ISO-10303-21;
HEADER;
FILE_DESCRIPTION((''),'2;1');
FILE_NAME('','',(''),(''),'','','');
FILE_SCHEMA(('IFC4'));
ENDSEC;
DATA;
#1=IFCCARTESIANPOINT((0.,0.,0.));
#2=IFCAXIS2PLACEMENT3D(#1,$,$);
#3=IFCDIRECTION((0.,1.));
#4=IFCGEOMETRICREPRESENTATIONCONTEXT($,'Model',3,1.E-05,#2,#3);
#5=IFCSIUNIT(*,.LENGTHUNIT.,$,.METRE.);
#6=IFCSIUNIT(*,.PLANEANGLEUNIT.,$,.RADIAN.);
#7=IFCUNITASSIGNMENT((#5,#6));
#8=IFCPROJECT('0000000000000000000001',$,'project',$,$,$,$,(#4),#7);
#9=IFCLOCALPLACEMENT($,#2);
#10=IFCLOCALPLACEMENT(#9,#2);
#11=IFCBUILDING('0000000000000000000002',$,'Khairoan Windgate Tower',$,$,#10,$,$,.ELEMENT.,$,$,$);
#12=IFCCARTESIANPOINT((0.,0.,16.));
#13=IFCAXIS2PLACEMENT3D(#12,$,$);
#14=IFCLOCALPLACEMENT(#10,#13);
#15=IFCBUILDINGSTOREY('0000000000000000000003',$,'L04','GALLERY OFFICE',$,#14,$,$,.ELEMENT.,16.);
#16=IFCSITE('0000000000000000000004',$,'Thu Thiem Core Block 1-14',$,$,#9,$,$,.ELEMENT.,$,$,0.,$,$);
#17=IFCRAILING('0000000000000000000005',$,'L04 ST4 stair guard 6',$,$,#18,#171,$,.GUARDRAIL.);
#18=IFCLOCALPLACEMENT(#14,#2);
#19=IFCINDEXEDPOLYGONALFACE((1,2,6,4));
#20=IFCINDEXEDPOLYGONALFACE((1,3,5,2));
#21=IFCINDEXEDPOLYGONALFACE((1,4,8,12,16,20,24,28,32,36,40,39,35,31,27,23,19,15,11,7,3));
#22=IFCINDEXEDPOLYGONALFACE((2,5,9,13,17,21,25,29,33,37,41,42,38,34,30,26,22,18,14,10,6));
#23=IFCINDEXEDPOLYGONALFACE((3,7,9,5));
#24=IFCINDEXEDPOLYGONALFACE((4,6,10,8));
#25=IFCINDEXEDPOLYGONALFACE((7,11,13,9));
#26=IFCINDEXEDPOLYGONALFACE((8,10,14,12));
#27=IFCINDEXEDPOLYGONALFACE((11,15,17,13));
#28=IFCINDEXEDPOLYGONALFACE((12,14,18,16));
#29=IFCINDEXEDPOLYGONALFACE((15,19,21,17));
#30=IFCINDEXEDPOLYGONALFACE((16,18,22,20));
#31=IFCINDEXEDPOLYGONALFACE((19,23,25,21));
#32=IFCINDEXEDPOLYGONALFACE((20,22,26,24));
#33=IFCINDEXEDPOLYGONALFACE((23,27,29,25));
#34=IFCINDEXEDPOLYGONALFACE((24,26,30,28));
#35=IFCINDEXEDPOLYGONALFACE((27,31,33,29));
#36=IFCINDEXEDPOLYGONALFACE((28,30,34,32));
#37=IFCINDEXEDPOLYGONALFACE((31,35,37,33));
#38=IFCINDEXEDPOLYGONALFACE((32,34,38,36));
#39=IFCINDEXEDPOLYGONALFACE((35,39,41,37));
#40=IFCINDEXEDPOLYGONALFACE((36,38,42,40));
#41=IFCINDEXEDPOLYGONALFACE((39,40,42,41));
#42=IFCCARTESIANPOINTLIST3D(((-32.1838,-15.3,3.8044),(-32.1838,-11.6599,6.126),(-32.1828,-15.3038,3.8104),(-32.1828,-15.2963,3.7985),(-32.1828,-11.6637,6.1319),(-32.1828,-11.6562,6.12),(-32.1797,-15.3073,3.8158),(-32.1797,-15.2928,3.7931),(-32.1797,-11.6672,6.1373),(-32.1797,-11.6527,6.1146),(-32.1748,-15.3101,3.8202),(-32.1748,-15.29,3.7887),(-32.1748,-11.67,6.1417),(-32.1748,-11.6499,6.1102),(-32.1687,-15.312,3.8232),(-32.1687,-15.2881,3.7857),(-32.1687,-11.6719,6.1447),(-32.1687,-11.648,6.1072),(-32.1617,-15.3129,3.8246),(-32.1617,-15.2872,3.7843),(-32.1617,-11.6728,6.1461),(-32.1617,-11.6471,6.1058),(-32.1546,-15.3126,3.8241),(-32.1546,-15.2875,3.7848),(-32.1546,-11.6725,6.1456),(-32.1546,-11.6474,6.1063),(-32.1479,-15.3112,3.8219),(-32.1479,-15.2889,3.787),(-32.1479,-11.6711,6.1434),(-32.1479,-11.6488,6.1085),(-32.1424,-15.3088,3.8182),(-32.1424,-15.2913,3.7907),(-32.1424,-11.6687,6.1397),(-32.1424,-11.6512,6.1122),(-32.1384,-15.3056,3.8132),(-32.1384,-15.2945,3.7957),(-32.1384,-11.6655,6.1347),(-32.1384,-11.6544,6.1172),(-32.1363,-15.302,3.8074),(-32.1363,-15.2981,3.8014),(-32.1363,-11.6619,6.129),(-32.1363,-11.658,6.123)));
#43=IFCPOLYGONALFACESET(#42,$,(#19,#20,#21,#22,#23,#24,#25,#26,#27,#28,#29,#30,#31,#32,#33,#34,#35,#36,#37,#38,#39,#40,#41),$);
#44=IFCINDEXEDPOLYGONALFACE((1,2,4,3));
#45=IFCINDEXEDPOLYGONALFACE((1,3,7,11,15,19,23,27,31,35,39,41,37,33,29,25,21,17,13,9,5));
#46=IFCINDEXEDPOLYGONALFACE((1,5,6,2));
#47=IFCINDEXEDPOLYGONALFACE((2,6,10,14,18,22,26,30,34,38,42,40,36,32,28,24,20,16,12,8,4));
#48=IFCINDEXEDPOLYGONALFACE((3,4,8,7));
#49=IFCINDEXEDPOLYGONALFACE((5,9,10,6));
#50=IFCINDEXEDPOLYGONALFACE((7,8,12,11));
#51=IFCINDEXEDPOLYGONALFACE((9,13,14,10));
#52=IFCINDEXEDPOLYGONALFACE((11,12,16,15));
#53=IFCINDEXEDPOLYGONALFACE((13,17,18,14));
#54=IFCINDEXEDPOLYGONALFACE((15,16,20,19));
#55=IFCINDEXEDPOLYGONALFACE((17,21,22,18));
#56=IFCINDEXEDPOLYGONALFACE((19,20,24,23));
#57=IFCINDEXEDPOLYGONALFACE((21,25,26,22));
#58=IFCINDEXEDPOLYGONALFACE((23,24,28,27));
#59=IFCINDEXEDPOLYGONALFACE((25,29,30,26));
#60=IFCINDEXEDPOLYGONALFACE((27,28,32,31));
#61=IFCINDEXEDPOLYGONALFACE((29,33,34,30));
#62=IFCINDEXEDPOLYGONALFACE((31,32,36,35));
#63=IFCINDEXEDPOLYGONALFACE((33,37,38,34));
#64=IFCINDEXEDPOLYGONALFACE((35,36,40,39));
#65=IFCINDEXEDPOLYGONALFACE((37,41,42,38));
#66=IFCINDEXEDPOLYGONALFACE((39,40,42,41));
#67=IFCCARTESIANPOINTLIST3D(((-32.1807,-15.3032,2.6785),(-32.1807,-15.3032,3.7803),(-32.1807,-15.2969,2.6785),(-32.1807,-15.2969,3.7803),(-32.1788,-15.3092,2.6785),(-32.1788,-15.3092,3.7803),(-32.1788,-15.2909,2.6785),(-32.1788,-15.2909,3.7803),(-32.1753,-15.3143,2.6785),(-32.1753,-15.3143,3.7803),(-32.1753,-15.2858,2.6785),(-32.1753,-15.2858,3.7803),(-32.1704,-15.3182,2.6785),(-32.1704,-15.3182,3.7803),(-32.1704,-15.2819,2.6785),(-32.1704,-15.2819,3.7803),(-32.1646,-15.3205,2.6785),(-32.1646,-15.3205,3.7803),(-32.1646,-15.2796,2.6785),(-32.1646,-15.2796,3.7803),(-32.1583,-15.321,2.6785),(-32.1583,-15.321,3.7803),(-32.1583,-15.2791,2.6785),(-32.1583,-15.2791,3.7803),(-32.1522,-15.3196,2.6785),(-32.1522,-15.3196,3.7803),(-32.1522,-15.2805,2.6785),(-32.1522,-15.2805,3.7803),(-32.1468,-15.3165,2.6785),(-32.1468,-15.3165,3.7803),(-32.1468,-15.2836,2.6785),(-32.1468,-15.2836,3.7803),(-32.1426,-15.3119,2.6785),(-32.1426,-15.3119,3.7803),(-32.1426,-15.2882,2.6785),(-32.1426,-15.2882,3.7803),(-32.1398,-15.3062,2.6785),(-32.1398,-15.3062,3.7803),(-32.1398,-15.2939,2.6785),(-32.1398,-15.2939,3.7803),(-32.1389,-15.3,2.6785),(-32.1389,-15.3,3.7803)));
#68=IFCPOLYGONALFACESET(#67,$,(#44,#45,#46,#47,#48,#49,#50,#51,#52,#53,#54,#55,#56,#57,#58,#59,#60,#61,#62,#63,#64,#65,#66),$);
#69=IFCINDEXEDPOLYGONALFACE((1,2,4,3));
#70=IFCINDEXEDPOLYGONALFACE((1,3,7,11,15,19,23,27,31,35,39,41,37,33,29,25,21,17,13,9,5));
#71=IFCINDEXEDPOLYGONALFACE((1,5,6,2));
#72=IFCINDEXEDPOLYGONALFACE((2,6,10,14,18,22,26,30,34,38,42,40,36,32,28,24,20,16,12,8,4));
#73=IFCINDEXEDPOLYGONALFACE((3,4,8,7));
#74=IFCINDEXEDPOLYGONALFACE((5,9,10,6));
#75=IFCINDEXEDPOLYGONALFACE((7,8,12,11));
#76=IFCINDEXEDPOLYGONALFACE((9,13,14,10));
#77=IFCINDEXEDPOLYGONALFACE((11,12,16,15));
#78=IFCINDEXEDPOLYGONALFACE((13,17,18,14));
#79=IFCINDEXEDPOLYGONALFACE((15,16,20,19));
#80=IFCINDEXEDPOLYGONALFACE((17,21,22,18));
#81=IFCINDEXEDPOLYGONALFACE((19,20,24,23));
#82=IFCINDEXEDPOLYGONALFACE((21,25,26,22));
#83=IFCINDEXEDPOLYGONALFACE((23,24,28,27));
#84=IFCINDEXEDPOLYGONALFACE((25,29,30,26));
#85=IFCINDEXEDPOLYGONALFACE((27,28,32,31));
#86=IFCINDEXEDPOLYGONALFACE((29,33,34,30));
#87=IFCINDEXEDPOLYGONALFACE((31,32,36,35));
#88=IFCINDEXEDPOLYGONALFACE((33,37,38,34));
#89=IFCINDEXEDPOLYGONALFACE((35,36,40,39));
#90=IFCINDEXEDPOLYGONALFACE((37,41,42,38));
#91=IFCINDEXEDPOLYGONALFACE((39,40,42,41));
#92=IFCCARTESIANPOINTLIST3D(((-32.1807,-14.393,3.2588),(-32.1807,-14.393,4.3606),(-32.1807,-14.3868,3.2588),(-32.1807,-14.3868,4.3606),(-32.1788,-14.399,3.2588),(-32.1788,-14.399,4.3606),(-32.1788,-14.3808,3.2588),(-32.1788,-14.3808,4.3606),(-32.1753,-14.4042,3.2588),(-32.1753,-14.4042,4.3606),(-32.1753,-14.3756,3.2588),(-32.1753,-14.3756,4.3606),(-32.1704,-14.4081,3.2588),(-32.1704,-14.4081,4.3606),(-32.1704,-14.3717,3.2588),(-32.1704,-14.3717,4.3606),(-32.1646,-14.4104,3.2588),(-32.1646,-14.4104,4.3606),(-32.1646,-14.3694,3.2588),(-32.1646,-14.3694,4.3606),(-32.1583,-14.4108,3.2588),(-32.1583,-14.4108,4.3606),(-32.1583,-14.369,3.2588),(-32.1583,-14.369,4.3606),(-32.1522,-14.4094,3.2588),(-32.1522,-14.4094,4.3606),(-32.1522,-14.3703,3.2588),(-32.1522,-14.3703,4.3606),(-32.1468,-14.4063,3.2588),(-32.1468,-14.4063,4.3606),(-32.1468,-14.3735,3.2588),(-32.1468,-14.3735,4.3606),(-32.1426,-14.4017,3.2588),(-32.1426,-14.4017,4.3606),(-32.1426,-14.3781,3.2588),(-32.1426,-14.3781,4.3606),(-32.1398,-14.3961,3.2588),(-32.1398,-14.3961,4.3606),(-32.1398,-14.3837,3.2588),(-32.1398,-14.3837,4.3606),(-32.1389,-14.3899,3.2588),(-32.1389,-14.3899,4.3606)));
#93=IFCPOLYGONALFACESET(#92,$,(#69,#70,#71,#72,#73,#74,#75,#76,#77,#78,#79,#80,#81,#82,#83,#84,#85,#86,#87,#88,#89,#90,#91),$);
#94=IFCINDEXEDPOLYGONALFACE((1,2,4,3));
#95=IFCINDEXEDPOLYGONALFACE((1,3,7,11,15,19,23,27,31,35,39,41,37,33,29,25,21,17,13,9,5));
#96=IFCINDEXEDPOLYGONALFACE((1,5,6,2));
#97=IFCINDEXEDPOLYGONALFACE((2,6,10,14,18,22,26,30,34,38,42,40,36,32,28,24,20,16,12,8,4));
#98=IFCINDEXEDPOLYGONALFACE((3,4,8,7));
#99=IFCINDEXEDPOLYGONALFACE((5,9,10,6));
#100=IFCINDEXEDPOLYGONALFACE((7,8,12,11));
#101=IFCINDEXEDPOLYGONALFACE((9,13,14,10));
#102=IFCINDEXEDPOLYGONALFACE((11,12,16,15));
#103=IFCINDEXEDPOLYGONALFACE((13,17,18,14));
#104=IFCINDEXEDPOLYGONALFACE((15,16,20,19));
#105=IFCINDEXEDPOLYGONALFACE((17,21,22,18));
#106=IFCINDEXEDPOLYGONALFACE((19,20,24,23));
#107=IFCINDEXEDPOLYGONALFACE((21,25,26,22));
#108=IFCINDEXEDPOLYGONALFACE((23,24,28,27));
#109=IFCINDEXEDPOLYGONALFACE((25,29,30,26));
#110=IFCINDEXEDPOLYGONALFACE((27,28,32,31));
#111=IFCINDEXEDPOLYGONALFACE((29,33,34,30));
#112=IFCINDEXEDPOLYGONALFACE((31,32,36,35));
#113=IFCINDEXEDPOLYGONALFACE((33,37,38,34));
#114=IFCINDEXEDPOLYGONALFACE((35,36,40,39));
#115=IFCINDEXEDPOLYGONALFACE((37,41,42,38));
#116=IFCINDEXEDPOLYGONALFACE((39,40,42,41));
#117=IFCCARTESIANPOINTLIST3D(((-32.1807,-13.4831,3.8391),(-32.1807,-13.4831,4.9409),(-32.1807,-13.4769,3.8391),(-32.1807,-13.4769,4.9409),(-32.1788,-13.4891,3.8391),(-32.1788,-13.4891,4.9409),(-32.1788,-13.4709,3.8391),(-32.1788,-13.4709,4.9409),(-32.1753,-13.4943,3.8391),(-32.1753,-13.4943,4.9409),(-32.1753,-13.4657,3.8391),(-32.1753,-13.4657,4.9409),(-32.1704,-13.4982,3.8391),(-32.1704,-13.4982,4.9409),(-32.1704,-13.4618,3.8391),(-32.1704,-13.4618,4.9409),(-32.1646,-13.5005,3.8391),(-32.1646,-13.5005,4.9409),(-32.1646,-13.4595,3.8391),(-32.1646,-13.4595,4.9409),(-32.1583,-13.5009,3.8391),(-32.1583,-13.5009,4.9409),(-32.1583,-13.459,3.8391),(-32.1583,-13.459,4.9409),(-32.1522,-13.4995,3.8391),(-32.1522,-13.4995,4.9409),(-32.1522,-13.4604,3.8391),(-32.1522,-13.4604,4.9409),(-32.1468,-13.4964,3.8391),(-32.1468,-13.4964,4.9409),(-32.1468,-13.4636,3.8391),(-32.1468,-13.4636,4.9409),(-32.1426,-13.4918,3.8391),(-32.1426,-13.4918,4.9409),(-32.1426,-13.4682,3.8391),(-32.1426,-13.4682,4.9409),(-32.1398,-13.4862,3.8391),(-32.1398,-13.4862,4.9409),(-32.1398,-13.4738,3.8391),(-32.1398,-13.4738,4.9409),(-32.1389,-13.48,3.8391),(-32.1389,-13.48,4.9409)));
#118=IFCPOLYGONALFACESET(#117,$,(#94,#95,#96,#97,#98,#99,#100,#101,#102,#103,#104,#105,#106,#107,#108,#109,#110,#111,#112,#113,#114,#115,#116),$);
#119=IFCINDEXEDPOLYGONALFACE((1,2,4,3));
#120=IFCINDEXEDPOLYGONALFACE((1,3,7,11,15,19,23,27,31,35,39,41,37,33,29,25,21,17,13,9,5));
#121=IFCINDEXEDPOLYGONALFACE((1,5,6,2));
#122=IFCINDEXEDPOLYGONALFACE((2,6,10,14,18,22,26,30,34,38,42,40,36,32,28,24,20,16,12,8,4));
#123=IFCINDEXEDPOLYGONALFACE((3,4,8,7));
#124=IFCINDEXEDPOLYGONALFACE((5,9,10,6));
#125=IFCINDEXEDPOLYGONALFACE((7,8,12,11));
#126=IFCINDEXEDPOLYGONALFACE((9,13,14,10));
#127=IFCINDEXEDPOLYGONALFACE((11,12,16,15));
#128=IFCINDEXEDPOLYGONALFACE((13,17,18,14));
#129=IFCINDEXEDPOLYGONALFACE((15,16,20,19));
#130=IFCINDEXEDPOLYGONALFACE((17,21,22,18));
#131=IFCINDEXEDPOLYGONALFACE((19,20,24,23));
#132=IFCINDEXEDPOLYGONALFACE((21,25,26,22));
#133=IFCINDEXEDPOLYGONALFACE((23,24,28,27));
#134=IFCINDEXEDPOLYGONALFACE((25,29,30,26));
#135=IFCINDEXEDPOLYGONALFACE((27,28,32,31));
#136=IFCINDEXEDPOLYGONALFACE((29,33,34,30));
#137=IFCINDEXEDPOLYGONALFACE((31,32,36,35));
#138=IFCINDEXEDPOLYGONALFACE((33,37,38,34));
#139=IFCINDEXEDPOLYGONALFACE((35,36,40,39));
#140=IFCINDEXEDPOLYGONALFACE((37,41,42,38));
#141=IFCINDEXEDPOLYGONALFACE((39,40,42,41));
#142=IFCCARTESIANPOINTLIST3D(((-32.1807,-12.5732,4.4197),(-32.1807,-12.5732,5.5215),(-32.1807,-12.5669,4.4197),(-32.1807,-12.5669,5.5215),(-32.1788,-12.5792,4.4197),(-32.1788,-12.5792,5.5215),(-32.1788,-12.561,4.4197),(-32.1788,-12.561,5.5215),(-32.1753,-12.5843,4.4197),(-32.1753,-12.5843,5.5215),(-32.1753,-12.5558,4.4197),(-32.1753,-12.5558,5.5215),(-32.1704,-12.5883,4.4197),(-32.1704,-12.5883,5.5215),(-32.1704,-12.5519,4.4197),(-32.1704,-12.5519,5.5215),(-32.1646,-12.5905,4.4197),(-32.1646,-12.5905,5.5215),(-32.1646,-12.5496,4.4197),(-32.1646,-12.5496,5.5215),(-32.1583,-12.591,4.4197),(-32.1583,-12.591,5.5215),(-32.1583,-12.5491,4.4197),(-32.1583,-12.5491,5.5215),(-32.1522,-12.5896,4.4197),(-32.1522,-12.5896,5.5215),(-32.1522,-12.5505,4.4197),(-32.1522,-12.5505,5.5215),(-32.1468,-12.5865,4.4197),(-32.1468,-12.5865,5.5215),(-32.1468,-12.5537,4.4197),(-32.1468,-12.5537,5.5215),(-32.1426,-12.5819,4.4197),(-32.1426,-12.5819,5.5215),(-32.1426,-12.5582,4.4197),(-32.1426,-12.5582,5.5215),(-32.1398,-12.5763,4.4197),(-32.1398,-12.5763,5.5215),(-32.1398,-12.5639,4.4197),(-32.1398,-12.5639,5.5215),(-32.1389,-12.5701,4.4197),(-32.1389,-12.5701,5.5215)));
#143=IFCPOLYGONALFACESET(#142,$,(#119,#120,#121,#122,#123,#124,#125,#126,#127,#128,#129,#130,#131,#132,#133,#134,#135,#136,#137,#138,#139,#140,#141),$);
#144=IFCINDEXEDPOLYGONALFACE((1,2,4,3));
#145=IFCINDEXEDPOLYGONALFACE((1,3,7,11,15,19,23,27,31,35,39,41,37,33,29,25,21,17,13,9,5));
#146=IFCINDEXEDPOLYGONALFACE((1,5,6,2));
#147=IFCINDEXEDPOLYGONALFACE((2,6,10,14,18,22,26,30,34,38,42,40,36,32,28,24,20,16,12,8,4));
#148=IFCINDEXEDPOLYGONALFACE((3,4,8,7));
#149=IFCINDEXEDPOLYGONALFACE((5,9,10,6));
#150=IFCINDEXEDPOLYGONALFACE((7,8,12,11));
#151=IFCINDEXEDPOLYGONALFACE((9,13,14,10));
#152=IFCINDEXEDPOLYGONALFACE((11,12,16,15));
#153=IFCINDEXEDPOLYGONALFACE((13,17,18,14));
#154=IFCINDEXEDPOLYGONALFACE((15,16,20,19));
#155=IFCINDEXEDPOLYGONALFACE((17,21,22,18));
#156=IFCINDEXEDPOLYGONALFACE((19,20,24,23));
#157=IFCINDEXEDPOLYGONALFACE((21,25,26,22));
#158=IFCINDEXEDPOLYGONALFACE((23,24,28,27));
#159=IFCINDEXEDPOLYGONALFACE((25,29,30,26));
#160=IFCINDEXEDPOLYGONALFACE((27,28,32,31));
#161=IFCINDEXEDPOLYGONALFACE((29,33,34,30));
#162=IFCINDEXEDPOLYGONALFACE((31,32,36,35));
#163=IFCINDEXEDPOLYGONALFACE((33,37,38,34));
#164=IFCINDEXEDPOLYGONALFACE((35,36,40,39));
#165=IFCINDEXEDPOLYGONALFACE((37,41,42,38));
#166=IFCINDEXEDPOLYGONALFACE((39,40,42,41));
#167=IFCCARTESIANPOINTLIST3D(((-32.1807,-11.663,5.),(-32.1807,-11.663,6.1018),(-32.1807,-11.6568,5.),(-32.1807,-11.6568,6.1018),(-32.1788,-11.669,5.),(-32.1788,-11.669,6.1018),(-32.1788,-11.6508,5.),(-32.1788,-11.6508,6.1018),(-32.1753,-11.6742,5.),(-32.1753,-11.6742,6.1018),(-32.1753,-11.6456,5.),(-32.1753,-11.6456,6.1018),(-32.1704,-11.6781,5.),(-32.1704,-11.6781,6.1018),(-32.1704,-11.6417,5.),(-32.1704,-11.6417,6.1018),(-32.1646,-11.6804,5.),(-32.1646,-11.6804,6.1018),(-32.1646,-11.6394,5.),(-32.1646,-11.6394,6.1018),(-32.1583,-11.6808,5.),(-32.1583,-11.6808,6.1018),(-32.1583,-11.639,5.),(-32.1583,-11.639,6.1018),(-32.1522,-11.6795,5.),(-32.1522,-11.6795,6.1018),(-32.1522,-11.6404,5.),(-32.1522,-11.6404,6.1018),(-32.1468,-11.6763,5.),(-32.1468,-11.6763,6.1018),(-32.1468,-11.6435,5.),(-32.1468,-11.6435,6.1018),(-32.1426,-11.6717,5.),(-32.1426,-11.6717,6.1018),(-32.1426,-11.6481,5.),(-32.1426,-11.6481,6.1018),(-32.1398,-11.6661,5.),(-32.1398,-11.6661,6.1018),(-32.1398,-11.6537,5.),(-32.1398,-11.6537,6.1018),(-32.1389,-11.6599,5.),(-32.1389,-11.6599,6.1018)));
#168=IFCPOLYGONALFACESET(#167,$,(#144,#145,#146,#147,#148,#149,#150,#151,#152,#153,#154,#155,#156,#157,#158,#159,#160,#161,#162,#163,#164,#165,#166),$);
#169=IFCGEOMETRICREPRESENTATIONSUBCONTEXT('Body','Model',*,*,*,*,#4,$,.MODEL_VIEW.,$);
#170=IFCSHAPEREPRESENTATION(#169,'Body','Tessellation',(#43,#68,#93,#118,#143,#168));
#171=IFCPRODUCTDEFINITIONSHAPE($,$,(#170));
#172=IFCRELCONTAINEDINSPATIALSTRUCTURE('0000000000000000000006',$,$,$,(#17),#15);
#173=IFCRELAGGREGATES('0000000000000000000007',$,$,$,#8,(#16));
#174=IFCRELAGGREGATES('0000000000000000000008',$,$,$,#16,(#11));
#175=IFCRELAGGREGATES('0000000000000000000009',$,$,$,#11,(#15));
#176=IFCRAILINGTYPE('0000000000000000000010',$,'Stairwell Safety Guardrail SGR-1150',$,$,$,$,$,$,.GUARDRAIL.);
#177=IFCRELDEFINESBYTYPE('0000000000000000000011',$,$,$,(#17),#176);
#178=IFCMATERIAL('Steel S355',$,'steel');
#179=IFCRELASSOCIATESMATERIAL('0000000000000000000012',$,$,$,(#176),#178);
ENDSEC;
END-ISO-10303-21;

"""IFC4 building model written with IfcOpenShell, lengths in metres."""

from ifc_helpers import new_model, si_unit, direction, frame, origin, origin_2d, place, context, subcontext, project, spatial, circle, extrude, material, type_object, element, save


model = new_model("IFC4")

# Units and contexts
model_context = context("Model", 3, precision=1e-05, world=origin(), true_north=direction((0.0, 1.0)))
body_context = subcontext(model_context, "Body", "Model", "MODEL_VIEW")
ifc_project = project(units=[si_unit("LENGTHUNIT", "METRE"), si_unit("PLANEANGLEUNIT", "RADIAN")], contexts=[model_context])

# Site, building, storey
site_placement = place(None, origin())
site = spatial("IfcSite", under=ifc_project, at=site_placement, Name="Thu Thiem Core Block 1-14", CompositionType="ELEMENT", RefElevation=0.0)
building_placement = place(site_placement, origin())
building = spatial("IfcBuilding", under=site, at=building_placement, Name="Khairoan Windgate Tower", CompositionType="ELEMENT")
storey_placement = place(building_placement, frame((0.0, 0.0, 16.0)))
storey = spatial("IfcBuildingStorey", under=building, at=storey_placement, Name="L04", Description="GALLERY OFFICE", CompositionType="ELEMENT", Elevation=16.0)

# Railing
ifc_material_1 = material(Name="Steel S355", Category="steel")
railing_type_1 = type_object("IfcRailingType", Name="Stairwell Safety Guardrail SGR-1150", PredefinedType="GUARDRAIL", material=ifc_material_1)
railing_1_placement = place(storey_placement, frame((-32.1599, -15.3, 2.6785)))
element("IfcRailing", 1, at=railing_1_placement, inside=storey, type_object=railing_type_1, Name="L04 ST4 stair guard 6", PredefinedType="GUARDRAIL", context=body_context, shape_type="SweptSolid", body=[
    extrude(circle(Radius=0.0239, at=origin_2d()), frame((0.0, 0.0, 1.126), z_axis=(0.0, 0.843128, 0.537713), x_axis=(-1.0, 0.0, 0.0)), (0.0, 0.0, 1.0), 4.3174),
    extrude(circle(Radius=0.021, at=origin_2d()), origin(), (0.0, 0.0, 1.0), 1.1018),
    extrude(circle(Radius=0.021, at=origin_2d()), frame((0.0, 0.9102, 0.5803)), (0.0, 0.0, 1.0), 1.1018),
    extrude(circle(Radius=0.021, at=origin_2d()), frame((0.0, 1.8201, 1.1606)), (0.0, 0.0, 1.0), 1.1018),
    extrude(circle(Radius=0.021, at=origin_2d()), frame((0.0, 2.73, 1.7412)), (0.0, 0.0, 1.0), 1.1018),
    extrude(circle(Radius=0.021, at=origin_2d()), frame((0.0, 3.6401, 2.3215)), (0.0, 0.0, 1.0), 1.1018),
])

save(model, "model.ifc")
